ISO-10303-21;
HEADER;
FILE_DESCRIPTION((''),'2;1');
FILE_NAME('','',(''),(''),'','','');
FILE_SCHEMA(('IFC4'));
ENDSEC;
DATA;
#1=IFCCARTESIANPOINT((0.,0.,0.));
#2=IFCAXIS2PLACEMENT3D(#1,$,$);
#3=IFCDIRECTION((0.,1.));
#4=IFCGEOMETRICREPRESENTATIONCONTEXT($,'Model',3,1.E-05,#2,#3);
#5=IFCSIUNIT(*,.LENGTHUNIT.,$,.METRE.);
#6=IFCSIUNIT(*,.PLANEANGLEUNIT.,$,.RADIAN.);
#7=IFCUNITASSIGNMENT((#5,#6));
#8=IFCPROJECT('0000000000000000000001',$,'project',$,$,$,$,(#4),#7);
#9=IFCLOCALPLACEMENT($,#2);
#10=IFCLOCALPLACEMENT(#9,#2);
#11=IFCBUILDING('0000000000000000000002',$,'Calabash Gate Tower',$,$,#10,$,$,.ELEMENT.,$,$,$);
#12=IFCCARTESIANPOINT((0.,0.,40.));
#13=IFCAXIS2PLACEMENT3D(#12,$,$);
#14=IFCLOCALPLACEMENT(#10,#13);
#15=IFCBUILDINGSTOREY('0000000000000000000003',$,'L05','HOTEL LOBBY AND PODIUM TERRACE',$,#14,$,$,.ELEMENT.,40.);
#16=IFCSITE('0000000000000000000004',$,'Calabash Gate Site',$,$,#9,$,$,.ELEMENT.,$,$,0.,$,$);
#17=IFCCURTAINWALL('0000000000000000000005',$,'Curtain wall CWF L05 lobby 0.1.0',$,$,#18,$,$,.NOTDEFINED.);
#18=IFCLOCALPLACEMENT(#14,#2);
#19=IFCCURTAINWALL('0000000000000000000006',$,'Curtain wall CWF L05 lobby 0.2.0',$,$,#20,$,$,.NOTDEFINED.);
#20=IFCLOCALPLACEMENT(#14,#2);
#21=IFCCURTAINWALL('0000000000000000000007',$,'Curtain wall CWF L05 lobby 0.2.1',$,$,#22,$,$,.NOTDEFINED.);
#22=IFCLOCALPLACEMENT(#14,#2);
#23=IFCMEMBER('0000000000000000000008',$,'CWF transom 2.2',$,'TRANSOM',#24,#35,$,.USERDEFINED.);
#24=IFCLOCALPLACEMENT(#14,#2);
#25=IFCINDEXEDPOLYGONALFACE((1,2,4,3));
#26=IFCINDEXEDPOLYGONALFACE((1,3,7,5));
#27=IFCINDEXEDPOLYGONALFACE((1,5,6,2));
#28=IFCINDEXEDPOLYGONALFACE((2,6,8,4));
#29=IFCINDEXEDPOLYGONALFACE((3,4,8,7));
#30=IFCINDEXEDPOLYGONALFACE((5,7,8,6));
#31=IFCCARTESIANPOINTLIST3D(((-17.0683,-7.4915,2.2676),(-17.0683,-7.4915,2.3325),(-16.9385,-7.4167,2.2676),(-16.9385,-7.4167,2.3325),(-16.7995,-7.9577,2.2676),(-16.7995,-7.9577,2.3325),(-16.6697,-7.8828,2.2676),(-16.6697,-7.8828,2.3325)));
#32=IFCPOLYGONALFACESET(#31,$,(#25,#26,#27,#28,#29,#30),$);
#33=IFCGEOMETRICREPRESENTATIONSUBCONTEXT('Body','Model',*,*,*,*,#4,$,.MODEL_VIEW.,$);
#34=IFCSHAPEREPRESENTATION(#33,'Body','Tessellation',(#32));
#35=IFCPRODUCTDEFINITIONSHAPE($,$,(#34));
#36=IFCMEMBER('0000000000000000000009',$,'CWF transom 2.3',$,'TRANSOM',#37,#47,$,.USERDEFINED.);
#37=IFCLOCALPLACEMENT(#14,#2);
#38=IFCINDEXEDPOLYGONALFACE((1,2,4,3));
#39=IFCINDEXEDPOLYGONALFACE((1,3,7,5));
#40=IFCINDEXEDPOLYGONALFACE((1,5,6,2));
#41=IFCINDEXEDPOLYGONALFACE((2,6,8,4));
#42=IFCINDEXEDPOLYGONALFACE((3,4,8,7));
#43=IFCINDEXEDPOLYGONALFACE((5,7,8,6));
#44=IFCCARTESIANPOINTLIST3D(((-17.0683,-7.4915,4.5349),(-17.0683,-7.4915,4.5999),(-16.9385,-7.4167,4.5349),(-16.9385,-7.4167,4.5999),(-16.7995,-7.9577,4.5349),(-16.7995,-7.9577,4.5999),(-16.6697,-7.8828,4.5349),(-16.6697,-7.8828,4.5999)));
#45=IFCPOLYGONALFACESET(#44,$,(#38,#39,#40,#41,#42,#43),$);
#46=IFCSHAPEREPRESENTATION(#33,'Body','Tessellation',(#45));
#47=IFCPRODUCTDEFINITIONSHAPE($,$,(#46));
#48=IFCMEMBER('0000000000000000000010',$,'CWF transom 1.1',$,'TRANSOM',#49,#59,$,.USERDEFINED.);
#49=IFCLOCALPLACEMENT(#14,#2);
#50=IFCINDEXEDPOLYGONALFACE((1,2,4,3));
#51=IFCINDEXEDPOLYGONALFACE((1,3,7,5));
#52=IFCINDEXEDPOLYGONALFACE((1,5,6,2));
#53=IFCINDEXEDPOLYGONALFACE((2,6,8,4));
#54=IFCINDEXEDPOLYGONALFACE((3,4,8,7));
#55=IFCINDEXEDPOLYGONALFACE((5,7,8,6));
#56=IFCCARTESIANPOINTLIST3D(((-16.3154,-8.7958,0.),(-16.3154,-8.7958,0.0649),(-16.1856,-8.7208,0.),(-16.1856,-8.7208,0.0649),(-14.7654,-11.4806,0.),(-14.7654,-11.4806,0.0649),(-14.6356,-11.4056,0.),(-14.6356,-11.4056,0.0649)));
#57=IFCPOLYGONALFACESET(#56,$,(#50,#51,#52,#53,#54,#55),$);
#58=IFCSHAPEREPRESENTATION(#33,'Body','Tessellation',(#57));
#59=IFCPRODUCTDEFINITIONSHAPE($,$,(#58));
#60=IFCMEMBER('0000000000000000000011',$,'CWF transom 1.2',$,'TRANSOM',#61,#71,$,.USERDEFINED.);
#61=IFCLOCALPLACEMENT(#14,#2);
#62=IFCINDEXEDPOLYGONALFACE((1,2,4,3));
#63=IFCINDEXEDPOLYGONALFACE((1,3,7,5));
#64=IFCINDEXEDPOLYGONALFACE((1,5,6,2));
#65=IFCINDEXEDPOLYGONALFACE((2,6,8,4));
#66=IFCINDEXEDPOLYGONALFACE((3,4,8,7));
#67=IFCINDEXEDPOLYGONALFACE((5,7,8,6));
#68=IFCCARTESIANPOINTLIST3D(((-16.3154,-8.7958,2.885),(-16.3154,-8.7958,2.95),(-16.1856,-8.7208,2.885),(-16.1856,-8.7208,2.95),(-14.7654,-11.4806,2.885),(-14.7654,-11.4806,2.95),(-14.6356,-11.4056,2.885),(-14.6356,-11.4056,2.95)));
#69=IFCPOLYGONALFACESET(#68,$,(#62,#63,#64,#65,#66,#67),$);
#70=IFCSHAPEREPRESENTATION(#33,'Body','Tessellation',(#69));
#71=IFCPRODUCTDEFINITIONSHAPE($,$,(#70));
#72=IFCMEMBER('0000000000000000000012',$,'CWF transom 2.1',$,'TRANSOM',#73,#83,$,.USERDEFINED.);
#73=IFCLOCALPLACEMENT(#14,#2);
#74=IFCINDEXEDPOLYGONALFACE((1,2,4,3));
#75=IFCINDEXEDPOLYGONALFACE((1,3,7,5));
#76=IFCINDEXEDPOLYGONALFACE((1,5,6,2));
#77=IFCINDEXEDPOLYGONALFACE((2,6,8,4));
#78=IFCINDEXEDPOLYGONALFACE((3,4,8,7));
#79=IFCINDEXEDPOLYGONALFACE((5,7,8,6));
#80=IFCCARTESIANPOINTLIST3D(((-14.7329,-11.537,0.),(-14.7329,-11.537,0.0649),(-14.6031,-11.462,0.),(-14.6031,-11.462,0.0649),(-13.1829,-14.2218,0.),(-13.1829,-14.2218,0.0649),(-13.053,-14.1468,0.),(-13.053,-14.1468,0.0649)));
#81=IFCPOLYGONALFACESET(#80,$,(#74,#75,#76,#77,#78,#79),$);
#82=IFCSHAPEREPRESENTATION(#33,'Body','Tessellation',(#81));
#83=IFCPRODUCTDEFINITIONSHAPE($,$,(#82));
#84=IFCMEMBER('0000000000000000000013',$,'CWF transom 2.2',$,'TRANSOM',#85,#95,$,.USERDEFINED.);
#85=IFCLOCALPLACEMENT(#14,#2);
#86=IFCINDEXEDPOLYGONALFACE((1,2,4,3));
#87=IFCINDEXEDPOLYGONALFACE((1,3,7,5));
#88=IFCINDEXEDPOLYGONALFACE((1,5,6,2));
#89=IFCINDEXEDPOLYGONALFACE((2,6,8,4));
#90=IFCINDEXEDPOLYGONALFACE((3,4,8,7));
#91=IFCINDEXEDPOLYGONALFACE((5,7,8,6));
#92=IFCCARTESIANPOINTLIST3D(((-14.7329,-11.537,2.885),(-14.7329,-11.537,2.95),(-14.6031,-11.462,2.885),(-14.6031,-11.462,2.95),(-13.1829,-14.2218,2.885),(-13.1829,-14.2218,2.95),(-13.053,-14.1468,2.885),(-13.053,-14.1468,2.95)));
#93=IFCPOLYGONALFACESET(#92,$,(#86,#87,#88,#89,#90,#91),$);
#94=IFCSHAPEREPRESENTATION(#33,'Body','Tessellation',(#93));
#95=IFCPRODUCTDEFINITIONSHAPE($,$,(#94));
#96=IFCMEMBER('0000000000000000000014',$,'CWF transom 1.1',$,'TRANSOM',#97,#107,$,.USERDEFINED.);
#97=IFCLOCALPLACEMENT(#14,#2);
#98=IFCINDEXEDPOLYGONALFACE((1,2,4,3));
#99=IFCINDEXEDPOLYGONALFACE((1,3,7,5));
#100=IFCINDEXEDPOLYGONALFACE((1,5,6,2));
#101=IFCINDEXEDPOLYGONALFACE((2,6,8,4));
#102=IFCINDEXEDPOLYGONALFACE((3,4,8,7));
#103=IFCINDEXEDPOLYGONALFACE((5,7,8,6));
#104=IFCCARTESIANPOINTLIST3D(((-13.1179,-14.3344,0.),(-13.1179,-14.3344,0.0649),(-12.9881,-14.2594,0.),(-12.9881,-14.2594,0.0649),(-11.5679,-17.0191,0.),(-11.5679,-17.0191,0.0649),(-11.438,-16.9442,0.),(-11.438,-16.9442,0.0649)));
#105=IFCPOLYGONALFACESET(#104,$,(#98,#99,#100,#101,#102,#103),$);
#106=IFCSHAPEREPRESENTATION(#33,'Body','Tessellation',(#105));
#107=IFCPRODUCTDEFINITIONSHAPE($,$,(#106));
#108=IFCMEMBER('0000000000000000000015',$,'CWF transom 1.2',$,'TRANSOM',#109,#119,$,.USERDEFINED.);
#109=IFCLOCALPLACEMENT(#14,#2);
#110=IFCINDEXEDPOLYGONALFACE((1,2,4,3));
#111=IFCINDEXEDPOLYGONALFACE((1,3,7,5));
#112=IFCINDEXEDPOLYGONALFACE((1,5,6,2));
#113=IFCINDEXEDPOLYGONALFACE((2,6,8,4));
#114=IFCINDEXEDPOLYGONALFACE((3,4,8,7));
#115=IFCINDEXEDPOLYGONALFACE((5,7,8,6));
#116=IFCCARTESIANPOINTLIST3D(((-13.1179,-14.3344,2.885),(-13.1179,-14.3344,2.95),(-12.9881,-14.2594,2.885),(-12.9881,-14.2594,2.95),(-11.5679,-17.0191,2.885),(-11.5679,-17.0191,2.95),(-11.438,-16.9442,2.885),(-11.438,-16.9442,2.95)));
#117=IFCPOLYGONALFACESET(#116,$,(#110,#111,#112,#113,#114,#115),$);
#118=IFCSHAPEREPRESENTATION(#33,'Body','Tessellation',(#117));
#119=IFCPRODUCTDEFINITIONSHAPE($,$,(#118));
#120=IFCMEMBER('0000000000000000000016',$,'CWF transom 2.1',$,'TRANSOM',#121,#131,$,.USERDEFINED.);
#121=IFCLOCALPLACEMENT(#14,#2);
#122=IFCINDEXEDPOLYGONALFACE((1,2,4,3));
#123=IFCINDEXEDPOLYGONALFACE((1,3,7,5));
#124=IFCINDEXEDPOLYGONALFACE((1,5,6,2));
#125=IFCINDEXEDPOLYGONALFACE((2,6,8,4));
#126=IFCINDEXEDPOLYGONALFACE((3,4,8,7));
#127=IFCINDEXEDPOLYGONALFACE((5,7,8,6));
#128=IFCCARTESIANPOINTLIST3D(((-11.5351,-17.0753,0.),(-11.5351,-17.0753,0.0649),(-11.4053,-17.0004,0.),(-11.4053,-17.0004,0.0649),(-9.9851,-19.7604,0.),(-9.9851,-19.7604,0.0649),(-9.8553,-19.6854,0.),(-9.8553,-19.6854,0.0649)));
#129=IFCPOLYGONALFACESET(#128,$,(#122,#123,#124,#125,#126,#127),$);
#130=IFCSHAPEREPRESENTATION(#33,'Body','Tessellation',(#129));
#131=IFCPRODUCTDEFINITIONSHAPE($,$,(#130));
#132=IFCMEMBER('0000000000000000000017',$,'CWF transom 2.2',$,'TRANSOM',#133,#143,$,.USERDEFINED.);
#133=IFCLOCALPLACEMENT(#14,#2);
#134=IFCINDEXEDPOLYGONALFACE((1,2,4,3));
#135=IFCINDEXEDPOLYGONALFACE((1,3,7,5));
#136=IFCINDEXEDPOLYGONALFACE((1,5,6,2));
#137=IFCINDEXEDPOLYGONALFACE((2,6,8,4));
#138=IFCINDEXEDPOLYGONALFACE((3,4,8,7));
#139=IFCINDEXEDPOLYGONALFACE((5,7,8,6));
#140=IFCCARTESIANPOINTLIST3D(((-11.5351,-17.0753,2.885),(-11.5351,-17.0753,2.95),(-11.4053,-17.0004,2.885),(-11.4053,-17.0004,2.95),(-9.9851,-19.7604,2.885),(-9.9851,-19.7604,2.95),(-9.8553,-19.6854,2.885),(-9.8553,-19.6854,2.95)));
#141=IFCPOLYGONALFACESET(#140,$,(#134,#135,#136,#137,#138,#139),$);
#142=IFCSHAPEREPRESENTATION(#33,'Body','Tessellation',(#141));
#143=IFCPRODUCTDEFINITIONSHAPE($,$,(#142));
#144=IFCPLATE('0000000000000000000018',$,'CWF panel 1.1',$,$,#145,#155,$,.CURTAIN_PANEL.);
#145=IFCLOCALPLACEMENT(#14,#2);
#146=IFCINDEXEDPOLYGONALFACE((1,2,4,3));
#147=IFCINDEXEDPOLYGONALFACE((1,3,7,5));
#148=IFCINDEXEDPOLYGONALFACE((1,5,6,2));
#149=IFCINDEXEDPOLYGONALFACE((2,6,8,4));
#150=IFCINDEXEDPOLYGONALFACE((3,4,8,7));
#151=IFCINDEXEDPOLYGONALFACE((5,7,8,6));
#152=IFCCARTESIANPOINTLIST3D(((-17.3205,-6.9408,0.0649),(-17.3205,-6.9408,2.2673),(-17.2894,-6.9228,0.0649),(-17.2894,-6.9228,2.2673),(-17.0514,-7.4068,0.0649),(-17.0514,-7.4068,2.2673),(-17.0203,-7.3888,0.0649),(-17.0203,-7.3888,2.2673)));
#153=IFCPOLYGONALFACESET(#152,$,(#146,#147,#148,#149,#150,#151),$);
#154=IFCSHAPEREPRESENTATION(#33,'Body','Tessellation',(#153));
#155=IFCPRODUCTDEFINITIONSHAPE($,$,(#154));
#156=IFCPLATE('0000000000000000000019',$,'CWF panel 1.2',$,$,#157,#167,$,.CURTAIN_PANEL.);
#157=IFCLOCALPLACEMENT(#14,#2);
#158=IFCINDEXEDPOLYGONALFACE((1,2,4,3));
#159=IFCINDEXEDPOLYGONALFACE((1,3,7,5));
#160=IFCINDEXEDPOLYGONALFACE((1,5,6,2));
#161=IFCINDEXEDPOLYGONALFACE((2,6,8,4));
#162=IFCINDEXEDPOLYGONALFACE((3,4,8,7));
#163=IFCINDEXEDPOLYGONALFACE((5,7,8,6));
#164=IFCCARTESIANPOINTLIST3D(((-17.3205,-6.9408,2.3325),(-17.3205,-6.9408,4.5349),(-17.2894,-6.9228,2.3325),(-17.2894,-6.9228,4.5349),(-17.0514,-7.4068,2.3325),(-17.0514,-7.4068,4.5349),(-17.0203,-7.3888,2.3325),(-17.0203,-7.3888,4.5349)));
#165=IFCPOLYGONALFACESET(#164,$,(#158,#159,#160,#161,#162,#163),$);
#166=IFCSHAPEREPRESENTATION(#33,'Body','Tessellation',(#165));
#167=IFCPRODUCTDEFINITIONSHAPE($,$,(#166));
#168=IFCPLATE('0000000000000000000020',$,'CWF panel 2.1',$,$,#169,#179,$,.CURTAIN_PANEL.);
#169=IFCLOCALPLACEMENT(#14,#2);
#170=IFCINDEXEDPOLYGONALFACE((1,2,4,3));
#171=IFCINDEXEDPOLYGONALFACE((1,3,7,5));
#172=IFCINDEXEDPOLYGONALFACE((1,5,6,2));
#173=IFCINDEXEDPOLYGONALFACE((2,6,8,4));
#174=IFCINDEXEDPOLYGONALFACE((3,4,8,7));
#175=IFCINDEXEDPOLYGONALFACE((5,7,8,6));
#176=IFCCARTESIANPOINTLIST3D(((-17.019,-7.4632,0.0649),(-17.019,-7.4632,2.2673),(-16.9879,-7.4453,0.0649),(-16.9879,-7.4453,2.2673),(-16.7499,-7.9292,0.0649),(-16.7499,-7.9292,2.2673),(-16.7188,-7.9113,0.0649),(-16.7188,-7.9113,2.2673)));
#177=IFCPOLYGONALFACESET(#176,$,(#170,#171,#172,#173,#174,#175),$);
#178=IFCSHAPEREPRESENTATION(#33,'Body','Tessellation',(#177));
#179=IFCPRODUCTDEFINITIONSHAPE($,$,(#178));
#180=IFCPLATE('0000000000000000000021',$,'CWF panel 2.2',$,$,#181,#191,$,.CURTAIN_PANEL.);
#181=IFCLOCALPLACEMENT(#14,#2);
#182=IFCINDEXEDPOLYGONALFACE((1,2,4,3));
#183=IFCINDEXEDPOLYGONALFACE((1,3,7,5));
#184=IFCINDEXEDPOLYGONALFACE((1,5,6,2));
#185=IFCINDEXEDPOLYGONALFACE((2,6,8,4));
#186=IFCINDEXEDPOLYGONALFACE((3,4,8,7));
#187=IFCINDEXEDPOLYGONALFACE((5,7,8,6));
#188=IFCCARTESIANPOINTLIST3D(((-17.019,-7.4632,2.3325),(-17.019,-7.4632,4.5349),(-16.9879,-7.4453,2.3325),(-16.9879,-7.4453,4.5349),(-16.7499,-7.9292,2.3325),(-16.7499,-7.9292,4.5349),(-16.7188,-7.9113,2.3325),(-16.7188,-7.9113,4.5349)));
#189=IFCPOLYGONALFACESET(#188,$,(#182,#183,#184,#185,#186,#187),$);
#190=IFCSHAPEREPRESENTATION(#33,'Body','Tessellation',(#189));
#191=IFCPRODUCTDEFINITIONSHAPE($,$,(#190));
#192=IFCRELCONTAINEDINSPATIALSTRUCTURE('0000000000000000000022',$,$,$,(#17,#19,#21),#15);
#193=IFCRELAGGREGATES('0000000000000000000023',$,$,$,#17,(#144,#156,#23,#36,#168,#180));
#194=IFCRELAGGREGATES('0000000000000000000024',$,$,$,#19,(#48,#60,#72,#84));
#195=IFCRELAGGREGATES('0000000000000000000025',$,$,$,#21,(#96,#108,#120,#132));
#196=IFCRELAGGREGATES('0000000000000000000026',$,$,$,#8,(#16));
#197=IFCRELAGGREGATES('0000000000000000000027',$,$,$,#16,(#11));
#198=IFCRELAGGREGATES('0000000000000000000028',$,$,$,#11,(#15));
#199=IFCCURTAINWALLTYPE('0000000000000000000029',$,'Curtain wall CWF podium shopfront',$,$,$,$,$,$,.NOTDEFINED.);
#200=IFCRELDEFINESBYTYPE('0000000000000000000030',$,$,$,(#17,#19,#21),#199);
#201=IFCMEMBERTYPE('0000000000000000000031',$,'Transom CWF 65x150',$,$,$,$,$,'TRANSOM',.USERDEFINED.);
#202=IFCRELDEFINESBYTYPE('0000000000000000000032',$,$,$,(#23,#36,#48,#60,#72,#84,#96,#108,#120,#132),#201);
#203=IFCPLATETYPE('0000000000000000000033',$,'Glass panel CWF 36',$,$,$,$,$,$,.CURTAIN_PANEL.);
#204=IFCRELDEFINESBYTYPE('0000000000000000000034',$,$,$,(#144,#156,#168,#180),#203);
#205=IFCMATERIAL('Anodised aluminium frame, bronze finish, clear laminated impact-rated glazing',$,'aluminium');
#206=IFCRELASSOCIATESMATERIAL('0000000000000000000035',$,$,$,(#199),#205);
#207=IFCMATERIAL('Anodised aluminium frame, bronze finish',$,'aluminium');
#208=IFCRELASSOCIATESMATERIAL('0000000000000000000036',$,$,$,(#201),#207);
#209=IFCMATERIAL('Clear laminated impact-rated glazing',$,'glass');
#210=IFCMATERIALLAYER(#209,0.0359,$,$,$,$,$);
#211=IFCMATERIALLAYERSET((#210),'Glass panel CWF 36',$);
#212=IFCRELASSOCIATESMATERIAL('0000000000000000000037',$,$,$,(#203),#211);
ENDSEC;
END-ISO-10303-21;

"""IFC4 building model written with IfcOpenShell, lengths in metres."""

from ifc_helpers import new_model, si_unit, direction, frame, origin, origin_2d, place, context, subcontext, project, spatial, rectangle, extrude, material, layer, layer_set, material_profile, profile_set, type_object, element, aggregate, save


model = new_model("IFC4")

# Units and contexts
model_context = context("Model", 3, precision=1e-05, world=origin(), true_north=direction((0.0, 1.0)))
body_context = subcontext(model_context, "Body", "Model", "MODEL_VIEW")
ifc_project = project(units=[si_unit("LENGTHUNIT", "METRE"), si_unit("PLANEANGLEUNIT", "RADIAN")], contexts=[model_context])

# Site, building, storey
site_placement = place(None, origin())
site = spatial("IfcSite", under=ifc_project, at=site_placement, Name="Calabash Gate Site", CompositionType="ELEMENT", RefElevation=0.0)
building_placement = place(site_placement, origin())
building = spatial("IfcBuilding", under=site, at=building_placement, Name="Calabash Gate Tower", CompositionType="ELEMENT")
storey_placement = place(building_placement, frame((0.0, 0.0, 40.0)))
storey = spatial("IfcBuildingStorey", under=building, at=storey_placement, Name="L05", Description="HOTEL LOBBY AND PODIUM TERRACE", CompositionType="ELEMENT", Elevation=40.0)

# Curtain walls
ifc_material_1 = material(Name="Anodised aluminium frame, bronze finish, clear laminated impact-rated glazing", Category="aluminium")
curtain_wall_type = type_object("IfcCurtainWallType", Name="Curtain wall CWF podium shopfront", PredefinedType="NOTDEFINED", material=ifc_material_1)
curtain_wall_1_placement = place(storey_placement, origin())
curtain_wall_1 = element("IfcCurtainWall", 1, at=curtain_wall_1_placement, inside=storey, type_object=curtain_wall_type, Name="Curtain wall CWF L05 lobby 0.1.0", PredefinedType="NOTDEFINED")
curtain_wall_2_placement = place(storey_placement, origin())
curtain_wall_2 = element("IfcCurtainWall", 2, at=curtain_wall_2_placement, inside=storey, type_object=curtain_wall_type, Name="Curtain wall CWF L05 lobby 0.2.0", PredefinedType="NOTDEFINED")
curtain_wall_3_placement = place(storey_placement, origin())
curtain_wall_3 = element("IfcCurtainWall", 3, at=curtain_wall_3_placement, inside=storey, type_object=curtain_wall_type, Name="Curtain wall CWF L05 lobby 0.2.1", PredefinedType="NOTDEFINED")

# Members
ifc_material_2 = material(Name="Anodised aluminium frame, bronze finish", Category="aluminium")
ifc_material_profile_1 = material_profile(ifc_material_2, rectangle(XDim=0.1499, YDim=0.0649, at=origin_2d()))
ifc_profile_set_1 = profile_set([ifc_material_profile_1], Name="Anodised aluminium frame, bronze finish")
member_type_1 = type_object("IfcMemberType", Name="Transom CWF 65x150", ElementType="TRANSOM", PredefinedType="USERDEFINED", material=ifc_profile_set_1)
member_1_placement = place(storey_placement, frame((-17.0034, -7.4541, 2.3), z_axis=(0.499605, -0.866254, 0.0), x_axis=(0.866254, 0.499605, 0.0)))
member_1 = element("IfcMember", 4, at=member_1_placement, type_object=member_type_1, Name="CWF transom 2.2", ObjectType="TRANSOM", PredefinedType="USERDEFINED", context=body_context, shape_type="SweptSolid", body=[
    extrude(rectangle(XDim=0.1499, YDim=0.0649, at=origin_2d()), origin(), (0.0, 0.0, 1.0), 0.5381),
])
member_2_placement = place(storey_placement, frame((-17.0034, -7.4541, 4.5674), z_axis=(0.499605, -0.866254, 0.0), x_axis=(0.866254, 0.499605, 0.0)))
member_2 = element("IfcMember", 5, at=member_2_placement, type_object=member_type_1, Name="CWF transom 2.3", ObjectType="TRANSOM", PredefinedType="USERDEFINED", context=body_context, shape_type="SweptSolid", body=[
    extrude(rectangle(XDim=0.1499, YDim=0.0649, at=origin_2d()), origin(), (0.0, 0.0, 1.0), 0.5381),
])
member_3_placement = place(storey_placement, frame((-16.2505, -8.7583, 0.0325), z_axis=(0.499993, -0.86603, 0.0), x_axis=(0.86603, 0.499993, 0.0)))
member_3 = element("IfcMember", 6, at=member_3_placement, type_object=member_type_1, Name="CWF transom 1.1", ObjectType="TRANSOM", PredefinedType="USERDEFINED", context=body_context, shape_type="SweptSolid", body=[
    extrude(rectangle(XDim=0.1499, YDim=0.0649, at=origin_2d()), origin(), (0.0, 0.0, 1.0), 3.1001),
])
member_4_placement = place(storey_placement, frame((-16.2505, -8.7583, 2.9175), z_axis=(0.499993, -0.86603, 0.0), x_axis=(0.86603, 0.499993, 0.0)))
member_4 = element("IfcMember", 7, at=member_4_placement, type_object=member_type_1, Name="CWF transom 1.2", ObjectType="TRANSOM", PredefinedType="USERDEFINED", context=body_context, shape_type="SweptSolid", body=[
    extrude(rectangle(XDim=0.1499, YDim=0.0649, at=origin_2d()), origin(), (0.0, 0.0, 1.0), 3.1001),
])
member_5_placement = place(storey_placement, frame((-14.668, -11.4995, 0.0325), z_axis=(0.499993, -0.86603, 0.0), x_axis=(0.86603, 0.499993, 0.0)))
member_5 = element("IfcMember", 8, at=member_5_placement, type_object=member_type_1, Name="CWF transom 2.1", ObjectType="TRANSOM", PredefinedType="USERDEFINED", context=body_context, shape_type="SweptSolid", body=[
    extrude(rectangle(XDim=0.1499, YDim=0.0649, at=origin_2d()), origin(), (0.0, 0.0, 1.0), 3.1001),
])
member_6_placement = place(storey_placement, frame((-14.668, -11.4995, 2.9175), z_axis=(0.499993, -0.86603, 0.0), x_axis=(0.86603, 0.499993, 0.0)))
member_6 = element("IfcMember", 9, at=member_6_placement, type_object=member_type_1, Name="CWF transom 2.2", ObjectType="TRANSOM", PredefinedType="USERDEFINED", context=body_context, shape_type="SweptSolid", body=[
    extrude(rectangle(XDim=0.1499, YDim=0.0649, at=origin_2d()), origin(), (0.0, 0.0, 1.0), 3.1001),
])
member_7_placement = place(storey_placement, frame((-13.053, -14.2969, 0.0325), z_axis=(0.499993, -0.86603, 0.0), x_axis=(0.86603, 0.499993, 0.0)))
member_7 = element("IfcMember", 10, at=member_7_placement, type_object=member_type_1, Name="CWF transom 1.1", ObjectType="TRANSOM", PredefinedType="USERDEFINED", context=body_context, shape_type="SweptSolid", body=[
    extrude(rectangle(XDim=0.1499, YDim=0.0649, at=origin_2d()), origin(), (0.0, 0.0, 1.0), 3.1001),
])
member_8_placement = place(storey_placement, frame((-13.053, -14.2969, 2.9175), z_axis=(0.499993, -0.86603, 0.0), x_axis=(0.86603, 0.499993, 0.0)))
member_8 = element("IfcMember", 11, at=member_8_placement, type_object=member_type_1, Name="CWF transom 1.2", ObjectType="TRANSOM", PredefinedType="USERDEFINED", context=body_context, shape_type="SweptSolid", body=[
    extrude(rectangle(XDim=0.1499, YDim=0.0649, at=origin_2d()), origin(), (0.0, 0.0, 1.0), 3.1001),
])
member_9_placement = place(storey_placement, frame((-11.4702, -17.0378, 0.0325), z_axis=(0.499959, -0.866049, 0.0), x_axis=(0.866049, 0.499959, 0.0)))
member_9 = element("IfcMember", 12, at=member_9_placement, type_object=member_type_1, Name="CWF transom 2.1", ObjectType="TRANSOM", PredefinedType="USERDEFINED", context=body_context, shape_type="SweptSolid", body=[
    extrude(rectangle(XDim=0.1499, YDim=0.0649, at=origin_2d()), origin(), (0.0, 0.0, 1.0), 3.1003),
])
member_10_placement = place(storey_placement, frame((-11.4702, -17.0378, 2.9175), z_axis=(0.499959, -0.866049, 0.0), x_axis=(0.866049, 0.499959, 0.0)))
member_10 = element("IfcMember", 13, at=member_10_placement, type_object=member_type_1, Name="CWF transom 2.2", ObjectType="TRANSOM", PredefinedType="USERDEFINED", context=body_context, shape_type="SweptSolid", body=[
    extrude(rectangle(XDim=0.1499, YDim=0.0649, at=origin_2d()), origin(), (0.0, 0.0, 1.0), 3.1003),
])

# Plates
ifc_material_3 = material(Name="Clear laminated impact-rated glazing", Category="glass")
ifc_layer_1 = layer(ifc_material_3, 0.0359)
ifc_layer_set_1 = layer_set([ifc_layer_1], Name="Glass panel CWF 36")
plate_type = type_object("IfcPlateType", Name="Glass panel CWF 36", PredefinedType="CURTAIN_PANEL", material=ifc_layer_set_1)
plate_1_placement = place(storey_placement, frame((-17.1704, -7.1648, 0.0649), z_axis=(0.0, 0.0, 1.0), x_axis=(0.5, -0.866025, 0.0)))
plate_1 = element("IfcPlate", 14, at=plate_1_placement, type_object=plate_type, Name="CWF panel 1.1", PredefinedType="CURTAIN_PANEL", context=body_context, shape_type="SweptSolid", body=[
    extrude(rectangle(XDim=0.5381, YDim=0.0359, at=origin_2d()), origin(), (0.0, 0.0, 1.0), 2.2024),
])
plate_2_placement = place(storey_placement, frame((-17.1704, -7.1648, 2.3325), z_axis=(0.0, 0.0, 1.0), x_axis=(0.5, -0.866025, 0.0)))
plate_2 = element("IfcPlate", 15, at=plate_2_placement, type_object=plate_type, Name="CWF panel 1.2", PredefinedType="CURTAIN_PANEL", context=body_context, shape_type="SweptSolid", body=[
    extrude(rectangle(XDim=0.5381, YDim=0.0359, at=origin_2d()), origin(), (0.0, 0.0, 1.0), 2.2024),
])
plate_3_placement = place(storey_placement, frame((-16.8689, -7.6873, 0.0649), z_axis=(0.0, 0.0, 1.0), x_axis=(0.5, -0.866025, 0.0)))
plate_3 = element("IfcPlate", 16, at=plate_3_placement, type_object=plate_type, Name="CWF panel 2.1", PredefinedType="CURTAIN_PANEL", context=body_context, shape_type="SweptSolid", body=[
    extrude(rectangle(XDim=0.5381, YDim=0.0359, at=origin_2d()), origin(), (0.0, 0.0, 1.0), 2.2024),
])
plate_4_placement = place(storey_placement, frame((-16.8689, -7.6873, 2.3325), z_axis=(0.0, 0.0, 1.0), x_axis=(0.5, -0.866025, 0.0)))
plate_4 = element("IfcPlate", 17, at=plate_4_placement, type_object=plate_type, Name="CWF panel 2.2", PredefinedType="CURTAIN_PANEL", context=body_context, shape_type="SweptSolid", body=[
    extrude(rectangle(XDim=0.5381, YDim=0.0359, at=origin_2d()), origin(), (0.0, 0.0, 1.0), 2.2024),
])
aggregate(curtain_wall_1, [plate_1, plate_2, member_1, member_2, plate_3, plate_4])
aggregate(curtain_wall_2, [member_3, member_4, member_5, member_6])
aggregate(curtain_wall_3, [member_7, member_8, member_9, member_10])

save(model, "model.ifc")
